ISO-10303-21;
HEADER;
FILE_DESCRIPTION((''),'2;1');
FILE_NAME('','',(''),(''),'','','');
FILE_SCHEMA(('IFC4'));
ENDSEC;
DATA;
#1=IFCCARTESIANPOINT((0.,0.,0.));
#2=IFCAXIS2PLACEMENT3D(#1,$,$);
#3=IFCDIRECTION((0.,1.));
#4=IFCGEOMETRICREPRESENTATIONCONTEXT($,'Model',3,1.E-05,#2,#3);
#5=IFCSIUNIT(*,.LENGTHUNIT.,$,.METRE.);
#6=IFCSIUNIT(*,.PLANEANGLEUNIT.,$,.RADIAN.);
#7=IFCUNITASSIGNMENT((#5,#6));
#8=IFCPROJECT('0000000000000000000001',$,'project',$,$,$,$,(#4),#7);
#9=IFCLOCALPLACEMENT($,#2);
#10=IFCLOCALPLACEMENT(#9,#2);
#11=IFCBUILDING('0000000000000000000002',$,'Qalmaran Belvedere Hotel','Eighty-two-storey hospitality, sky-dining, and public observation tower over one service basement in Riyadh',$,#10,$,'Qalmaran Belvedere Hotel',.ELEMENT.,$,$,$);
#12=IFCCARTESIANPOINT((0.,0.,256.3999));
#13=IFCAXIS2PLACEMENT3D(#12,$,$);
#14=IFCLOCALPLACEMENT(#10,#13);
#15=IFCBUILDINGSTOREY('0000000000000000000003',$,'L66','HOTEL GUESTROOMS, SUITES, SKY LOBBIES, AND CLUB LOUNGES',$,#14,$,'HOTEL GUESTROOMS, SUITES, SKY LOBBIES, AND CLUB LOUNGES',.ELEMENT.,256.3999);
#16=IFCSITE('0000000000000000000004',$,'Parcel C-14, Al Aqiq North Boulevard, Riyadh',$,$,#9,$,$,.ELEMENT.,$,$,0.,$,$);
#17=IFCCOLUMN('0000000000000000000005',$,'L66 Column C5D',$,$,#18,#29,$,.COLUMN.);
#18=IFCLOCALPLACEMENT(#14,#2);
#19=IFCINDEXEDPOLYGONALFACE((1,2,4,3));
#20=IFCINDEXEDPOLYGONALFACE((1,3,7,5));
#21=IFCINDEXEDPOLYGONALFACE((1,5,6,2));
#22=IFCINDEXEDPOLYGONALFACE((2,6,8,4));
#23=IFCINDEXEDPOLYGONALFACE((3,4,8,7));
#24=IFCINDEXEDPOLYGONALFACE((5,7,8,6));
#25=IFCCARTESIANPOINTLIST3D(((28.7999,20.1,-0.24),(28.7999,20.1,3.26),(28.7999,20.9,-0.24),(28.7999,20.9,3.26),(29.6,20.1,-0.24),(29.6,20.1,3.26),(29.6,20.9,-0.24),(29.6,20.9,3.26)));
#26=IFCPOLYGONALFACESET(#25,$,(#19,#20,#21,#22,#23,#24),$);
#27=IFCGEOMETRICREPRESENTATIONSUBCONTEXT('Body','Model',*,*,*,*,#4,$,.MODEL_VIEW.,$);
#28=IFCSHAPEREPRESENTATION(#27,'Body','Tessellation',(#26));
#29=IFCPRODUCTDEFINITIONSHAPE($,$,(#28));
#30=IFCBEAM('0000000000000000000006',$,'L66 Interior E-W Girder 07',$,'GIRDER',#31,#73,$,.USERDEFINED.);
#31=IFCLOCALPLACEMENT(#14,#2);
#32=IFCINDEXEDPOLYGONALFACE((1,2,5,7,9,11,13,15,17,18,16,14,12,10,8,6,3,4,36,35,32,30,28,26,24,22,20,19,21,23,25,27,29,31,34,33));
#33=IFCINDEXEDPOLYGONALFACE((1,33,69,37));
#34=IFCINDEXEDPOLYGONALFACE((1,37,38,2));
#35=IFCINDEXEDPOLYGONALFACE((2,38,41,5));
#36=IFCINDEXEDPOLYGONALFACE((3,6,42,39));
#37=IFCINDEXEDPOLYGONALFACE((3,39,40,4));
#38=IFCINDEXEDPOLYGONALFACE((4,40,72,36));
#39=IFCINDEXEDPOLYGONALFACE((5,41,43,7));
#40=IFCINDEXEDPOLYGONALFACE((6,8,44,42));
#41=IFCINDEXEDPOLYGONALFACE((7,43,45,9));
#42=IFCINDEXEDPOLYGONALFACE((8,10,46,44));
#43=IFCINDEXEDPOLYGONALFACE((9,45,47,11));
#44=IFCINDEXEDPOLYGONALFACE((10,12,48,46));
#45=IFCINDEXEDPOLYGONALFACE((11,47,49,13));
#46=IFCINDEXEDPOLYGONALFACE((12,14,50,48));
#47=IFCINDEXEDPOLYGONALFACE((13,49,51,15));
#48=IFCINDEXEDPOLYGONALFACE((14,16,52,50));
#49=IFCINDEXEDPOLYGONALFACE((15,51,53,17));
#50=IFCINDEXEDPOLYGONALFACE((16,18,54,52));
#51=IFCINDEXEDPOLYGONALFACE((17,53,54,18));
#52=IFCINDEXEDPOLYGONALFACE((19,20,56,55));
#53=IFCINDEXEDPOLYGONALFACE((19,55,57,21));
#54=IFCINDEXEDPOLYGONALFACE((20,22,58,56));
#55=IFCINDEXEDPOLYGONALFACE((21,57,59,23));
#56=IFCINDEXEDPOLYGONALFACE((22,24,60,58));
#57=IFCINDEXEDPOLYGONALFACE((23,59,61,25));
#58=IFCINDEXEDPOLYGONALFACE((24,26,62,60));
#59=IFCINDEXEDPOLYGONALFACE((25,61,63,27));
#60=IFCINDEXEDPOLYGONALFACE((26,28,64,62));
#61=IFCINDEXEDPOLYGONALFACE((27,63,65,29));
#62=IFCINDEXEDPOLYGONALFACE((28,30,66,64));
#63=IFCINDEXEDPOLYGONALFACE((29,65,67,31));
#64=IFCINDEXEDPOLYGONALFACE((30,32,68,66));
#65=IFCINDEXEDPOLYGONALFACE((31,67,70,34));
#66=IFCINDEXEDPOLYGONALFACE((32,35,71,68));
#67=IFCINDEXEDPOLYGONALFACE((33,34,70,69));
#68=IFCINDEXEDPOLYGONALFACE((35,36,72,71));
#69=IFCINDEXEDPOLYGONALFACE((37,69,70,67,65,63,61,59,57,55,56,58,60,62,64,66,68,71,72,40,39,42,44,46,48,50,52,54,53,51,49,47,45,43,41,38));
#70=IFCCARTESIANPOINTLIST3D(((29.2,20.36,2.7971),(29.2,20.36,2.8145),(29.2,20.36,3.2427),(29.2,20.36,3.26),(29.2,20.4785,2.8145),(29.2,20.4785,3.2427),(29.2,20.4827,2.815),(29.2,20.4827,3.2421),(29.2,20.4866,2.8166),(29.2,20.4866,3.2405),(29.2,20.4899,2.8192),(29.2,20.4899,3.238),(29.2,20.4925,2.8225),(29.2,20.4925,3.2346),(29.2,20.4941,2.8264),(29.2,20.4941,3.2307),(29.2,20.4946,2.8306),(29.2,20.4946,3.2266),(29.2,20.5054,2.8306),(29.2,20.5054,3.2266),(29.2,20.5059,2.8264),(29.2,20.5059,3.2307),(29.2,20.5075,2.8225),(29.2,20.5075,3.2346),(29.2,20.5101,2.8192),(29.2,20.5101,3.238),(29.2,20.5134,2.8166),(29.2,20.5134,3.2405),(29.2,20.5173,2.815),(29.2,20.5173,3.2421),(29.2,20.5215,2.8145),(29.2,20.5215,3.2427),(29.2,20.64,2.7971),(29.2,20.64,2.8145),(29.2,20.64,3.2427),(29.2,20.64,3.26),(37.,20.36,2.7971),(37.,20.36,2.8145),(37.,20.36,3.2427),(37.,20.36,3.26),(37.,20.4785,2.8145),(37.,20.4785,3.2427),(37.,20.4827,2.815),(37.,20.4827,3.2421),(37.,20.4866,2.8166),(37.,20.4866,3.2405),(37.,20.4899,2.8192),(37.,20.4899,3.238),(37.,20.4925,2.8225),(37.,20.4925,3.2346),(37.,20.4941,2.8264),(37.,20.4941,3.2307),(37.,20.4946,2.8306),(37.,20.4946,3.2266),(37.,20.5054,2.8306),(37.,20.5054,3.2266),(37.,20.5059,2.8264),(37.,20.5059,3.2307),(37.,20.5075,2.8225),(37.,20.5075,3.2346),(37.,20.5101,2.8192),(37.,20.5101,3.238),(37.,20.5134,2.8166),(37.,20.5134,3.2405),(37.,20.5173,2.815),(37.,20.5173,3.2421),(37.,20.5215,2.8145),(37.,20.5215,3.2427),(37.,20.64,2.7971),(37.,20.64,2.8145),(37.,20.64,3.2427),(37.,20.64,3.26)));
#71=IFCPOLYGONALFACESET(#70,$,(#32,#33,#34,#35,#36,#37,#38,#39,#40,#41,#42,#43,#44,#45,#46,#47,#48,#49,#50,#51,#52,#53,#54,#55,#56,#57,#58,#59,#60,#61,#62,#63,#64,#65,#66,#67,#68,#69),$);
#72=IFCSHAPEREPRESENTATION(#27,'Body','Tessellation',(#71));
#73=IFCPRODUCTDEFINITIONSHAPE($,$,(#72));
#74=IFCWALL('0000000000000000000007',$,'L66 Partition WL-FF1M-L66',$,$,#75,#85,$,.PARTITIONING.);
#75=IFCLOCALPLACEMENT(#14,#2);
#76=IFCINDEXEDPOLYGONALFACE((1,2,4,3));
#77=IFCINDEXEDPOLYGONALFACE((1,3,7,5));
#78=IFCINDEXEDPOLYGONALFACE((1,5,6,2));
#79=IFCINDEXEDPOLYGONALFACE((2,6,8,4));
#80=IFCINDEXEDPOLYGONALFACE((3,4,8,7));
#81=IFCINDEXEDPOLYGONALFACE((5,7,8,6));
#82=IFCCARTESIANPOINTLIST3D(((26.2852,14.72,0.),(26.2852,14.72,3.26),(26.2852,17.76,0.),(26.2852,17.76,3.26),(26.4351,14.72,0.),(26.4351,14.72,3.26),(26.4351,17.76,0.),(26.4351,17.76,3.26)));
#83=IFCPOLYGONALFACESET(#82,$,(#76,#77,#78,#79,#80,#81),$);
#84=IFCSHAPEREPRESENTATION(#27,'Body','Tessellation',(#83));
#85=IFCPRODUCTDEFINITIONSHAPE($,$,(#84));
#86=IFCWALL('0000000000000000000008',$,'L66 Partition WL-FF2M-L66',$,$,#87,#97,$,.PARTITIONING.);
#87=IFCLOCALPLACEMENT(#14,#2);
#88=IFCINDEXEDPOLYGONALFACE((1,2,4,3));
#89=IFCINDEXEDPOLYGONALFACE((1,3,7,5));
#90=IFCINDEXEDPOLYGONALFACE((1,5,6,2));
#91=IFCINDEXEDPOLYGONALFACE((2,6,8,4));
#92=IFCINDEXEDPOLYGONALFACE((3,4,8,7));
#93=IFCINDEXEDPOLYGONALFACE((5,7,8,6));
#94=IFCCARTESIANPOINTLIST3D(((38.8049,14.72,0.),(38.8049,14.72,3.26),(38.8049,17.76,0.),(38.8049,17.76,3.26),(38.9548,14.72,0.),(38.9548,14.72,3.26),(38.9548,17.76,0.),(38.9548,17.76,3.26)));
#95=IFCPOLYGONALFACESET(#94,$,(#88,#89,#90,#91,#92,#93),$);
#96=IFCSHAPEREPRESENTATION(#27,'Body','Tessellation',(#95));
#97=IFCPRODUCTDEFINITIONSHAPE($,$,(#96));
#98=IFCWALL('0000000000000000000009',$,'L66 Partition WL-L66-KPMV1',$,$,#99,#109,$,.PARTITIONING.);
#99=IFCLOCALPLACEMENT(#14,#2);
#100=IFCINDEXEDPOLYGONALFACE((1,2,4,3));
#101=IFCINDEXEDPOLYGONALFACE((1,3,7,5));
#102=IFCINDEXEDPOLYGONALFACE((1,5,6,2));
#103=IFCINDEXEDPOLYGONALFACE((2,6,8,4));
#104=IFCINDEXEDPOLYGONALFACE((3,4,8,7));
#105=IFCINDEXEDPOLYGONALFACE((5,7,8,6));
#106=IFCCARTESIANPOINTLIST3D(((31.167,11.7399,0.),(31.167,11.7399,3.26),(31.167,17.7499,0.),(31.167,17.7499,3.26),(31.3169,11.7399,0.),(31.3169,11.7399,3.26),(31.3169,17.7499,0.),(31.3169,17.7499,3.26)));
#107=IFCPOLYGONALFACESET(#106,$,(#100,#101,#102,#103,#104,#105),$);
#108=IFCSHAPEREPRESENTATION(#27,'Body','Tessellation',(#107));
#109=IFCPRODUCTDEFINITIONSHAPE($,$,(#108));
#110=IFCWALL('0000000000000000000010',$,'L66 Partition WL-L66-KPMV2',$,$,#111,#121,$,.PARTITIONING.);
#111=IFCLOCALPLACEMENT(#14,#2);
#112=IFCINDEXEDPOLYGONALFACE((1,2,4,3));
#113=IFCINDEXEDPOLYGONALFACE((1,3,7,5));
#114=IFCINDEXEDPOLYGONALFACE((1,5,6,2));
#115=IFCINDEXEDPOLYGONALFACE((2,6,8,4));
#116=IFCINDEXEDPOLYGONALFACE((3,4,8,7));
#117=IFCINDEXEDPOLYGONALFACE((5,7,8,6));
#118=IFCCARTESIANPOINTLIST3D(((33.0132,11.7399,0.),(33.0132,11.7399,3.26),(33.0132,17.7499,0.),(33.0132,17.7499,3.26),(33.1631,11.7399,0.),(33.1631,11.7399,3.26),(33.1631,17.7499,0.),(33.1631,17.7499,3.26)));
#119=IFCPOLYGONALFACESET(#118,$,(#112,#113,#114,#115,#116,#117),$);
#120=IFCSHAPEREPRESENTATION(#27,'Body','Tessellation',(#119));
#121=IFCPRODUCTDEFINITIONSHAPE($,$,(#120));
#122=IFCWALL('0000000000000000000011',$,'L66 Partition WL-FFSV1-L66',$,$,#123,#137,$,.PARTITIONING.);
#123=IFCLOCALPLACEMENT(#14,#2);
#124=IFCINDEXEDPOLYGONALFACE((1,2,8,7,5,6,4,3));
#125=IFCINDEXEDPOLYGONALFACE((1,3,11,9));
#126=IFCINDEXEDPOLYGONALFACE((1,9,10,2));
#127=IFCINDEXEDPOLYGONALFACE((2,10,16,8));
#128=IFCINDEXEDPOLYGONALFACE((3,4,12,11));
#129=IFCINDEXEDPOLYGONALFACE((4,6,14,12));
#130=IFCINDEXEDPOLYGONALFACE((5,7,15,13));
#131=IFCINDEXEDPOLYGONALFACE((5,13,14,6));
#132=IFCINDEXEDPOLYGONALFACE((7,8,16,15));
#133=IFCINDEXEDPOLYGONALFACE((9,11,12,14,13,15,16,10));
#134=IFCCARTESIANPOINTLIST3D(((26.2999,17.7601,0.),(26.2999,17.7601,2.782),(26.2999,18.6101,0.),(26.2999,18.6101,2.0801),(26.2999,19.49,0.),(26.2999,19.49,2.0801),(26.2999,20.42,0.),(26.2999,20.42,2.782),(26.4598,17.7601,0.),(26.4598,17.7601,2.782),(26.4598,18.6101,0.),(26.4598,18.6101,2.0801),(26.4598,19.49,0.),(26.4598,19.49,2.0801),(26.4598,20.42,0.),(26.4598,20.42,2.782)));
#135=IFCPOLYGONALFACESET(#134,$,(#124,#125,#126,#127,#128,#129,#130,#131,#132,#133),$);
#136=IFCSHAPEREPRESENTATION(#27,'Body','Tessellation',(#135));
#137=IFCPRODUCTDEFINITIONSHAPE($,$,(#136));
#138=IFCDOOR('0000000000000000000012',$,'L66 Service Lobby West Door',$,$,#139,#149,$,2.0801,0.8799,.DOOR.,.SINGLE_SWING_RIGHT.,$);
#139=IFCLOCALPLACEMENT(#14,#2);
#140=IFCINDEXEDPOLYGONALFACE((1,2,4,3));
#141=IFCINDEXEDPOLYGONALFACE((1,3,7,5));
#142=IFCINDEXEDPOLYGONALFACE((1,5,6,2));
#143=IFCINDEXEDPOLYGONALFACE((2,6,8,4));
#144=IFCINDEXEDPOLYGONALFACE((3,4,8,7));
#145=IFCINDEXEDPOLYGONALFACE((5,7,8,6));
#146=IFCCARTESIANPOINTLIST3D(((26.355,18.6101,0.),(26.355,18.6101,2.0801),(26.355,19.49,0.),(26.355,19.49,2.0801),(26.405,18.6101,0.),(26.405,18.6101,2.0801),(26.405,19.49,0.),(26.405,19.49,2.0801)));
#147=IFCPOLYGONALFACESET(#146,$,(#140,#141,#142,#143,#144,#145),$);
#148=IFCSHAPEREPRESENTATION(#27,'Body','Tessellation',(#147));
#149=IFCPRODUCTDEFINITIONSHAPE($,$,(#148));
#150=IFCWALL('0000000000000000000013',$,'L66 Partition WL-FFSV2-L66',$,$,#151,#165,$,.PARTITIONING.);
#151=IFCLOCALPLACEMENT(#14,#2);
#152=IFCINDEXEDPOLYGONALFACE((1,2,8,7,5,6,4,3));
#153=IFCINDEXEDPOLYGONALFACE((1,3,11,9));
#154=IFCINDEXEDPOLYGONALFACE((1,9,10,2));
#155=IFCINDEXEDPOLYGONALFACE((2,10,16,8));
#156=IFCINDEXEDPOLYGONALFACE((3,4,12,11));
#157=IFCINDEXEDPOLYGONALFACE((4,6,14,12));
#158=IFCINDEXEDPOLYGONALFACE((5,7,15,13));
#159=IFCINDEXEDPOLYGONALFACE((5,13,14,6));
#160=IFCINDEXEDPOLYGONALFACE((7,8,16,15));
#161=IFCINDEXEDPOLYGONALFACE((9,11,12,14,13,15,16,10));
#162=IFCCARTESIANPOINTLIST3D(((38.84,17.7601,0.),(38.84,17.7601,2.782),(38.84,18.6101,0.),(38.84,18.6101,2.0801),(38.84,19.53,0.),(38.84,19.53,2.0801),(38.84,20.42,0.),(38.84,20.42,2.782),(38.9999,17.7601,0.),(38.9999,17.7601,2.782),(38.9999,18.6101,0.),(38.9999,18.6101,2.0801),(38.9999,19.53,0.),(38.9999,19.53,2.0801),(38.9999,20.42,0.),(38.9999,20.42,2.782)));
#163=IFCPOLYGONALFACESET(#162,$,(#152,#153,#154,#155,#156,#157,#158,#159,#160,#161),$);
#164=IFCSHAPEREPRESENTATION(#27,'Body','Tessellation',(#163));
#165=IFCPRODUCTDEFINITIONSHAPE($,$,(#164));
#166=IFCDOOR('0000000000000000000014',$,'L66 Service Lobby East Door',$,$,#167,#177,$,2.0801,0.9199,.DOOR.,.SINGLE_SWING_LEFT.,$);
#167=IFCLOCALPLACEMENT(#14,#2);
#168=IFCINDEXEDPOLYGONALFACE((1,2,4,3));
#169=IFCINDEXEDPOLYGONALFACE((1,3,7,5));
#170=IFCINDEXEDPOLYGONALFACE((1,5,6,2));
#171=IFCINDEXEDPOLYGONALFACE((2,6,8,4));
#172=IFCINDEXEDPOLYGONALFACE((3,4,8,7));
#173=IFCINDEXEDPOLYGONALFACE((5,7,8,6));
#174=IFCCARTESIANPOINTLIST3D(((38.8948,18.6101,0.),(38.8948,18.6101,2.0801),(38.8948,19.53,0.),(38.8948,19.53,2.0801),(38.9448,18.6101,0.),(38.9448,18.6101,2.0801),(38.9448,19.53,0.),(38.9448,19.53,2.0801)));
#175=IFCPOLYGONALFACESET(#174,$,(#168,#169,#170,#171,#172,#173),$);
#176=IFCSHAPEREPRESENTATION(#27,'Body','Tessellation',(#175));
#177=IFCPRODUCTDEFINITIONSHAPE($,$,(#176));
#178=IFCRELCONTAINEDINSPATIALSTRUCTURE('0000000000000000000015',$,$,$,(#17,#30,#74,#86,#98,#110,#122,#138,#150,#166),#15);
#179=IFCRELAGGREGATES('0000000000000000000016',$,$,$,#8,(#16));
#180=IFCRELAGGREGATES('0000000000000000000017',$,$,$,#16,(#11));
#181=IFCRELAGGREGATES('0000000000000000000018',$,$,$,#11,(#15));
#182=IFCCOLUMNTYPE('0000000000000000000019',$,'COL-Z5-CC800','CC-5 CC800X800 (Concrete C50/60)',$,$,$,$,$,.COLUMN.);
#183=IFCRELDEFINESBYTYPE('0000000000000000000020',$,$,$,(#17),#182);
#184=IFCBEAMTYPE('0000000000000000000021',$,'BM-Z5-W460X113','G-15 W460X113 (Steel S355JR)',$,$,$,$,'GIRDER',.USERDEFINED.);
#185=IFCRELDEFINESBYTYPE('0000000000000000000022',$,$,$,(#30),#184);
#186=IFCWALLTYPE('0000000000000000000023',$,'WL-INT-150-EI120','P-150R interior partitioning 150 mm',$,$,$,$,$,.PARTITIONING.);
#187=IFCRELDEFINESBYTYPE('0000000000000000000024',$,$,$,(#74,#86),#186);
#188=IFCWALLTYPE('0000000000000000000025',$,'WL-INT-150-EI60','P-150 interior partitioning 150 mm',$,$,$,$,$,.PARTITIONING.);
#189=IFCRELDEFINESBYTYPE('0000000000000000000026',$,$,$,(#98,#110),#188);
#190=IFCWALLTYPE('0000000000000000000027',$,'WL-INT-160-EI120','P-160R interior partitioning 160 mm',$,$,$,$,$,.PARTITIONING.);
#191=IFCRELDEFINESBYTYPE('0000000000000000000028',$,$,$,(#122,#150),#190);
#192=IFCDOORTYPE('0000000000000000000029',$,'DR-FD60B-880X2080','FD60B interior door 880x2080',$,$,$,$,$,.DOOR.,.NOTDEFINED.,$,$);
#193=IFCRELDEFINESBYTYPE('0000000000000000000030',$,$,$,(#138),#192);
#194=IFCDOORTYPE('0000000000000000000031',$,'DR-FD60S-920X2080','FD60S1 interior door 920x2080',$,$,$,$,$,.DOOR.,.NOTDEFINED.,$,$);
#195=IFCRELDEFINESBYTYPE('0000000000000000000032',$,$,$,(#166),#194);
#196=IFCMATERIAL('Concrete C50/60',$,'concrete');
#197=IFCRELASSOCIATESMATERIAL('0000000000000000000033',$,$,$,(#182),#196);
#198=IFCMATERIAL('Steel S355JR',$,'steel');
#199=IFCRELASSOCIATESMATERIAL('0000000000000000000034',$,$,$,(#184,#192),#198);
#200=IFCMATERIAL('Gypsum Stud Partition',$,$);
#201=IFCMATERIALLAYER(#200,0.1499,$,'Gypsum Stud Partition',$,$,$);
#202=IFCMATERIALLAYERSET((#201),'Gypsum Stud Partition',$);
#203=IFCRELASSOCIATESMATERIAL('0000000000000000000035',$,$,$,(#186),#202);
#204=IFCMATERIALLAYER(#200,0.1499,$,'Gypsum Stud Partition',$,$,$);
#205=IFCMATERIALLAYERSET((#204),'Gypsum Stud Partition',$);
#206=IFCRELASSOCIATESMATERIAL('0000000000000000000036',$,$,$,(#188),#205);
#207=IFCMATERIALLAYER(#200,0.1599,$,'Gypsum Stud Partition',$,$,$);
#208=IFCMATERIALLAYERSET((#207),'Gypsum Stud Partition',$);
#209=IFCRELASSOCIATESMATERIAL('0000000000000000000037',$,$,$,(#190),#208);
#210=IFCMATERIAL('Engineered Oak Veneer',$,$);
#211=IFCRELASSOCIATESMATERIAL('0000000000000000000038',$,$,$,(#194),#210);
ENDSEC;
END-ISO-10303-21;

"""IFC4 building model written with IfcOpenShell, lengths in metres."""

from ifc_helpers import new_model, si_unit, direction, frame, frame_2d, origin, origin_2d, place, context, subcontext, project, spatial, rectangle, i_section, extrude, material, layer, layer_set, material_profile, profile_set, type_object, element, fill, save


model = new_model("IFC4")

# Units and contexts
model_context = context("Model", 3, precision=1e-05, world=origin(), true_north=direction((0.0, 1.0)))
body_context = subcontext(model_context, "Body", "Model", "MODEL_VIEW")
ifc_project = project(units=[si_unit("LENGTHUNIT", "METRE"), si_unit("PLANEANGLEUNIT", "RADIAN")], contexts=[model_context])

# Site, building, storey
site_placement = place(None, origin())
site = spatial("IfcSite", under=ifc_project, at=site_placement, Name="Parcel C-14, Al Aqiq North Boulevard, Riyadh", CompositionType="ELEMENT", RefElevation=0.0)
building_placement = place(site_placement, origin())
building = spatial("IfcBuilding", under=site, at=building_placement, Name="Qalmaran Belvedere Hotel", Description="Eighty-two-storey hospitality, sky-dining, and public observation tower over one service basement in Riyadh", LongName="Qalmaran Belvedere Hotel", CompositionType="ELEMENT")
storey_placement = place(building_placement, frame((0.0, 0.0, 256.3999)))
storey = spatial("IfcBuildingStorey", under=building, at=storey_placement, Name="L66", Description="HOTEL GUESTROOMS, SUITES, SKY LOBBIES, AND CLUB LOUNGES", LongName="HOTEL GUESTROOMS, SUITES, SKY LOBBIES, AND CLUB LOUNGES", CompositionType="ELEMENT", Elevation=256.3999)

# Column
ifc_material_1 = material(Name="Concrete C50/60", Category="concrete")
ifc_material_profile_1 = material_profile(ifc_material_1, rectangle(XDim=0.8, YDim=0.8, at=origin_2d()), Name="CC800X800")
ifc_profile_set_1 = profile_set([ifc_material_profile_1], Name="Concrete C50/60")
column_type = type_object("IfcColumnType", Name="COL-Z5-CC800", Description="CC-5 CC800X800 (Concrete C50/60)", PredefinedType="COLUMN", material=ifc_profile_set_1)
column_placement = place(storey_placement, frame((29.2, 20.5, -0.24), z_axis=(0.0, 0.0, 1.0), x_axis=(1.0, 0.0, 0.0)))
element("IfcColumn", 1, at=column_placement, inside=storey, type_object=column_type, Name="L66 Column C5D", PredefinedType="COLUMN", context=body_context, shape_type="SweptSolid", body=[
    extrude(rectangle(XDim=0.8, YDim=0.8, at=origin_2d()), origin(), (0.0, 0.0, 1.0), 3.5),
])

# Beam
ifc_material_2 = material(Name="Steel S355JR", Category="steel")
ifc_material_profile_2 = material_profile(ifc_material_2, i_section(OverallWidth=0.28, OverallDepth=0.4629, WebThickness=0.0107, FlangeThickness=0.0173, FilletRadius=0.0161, at=origin_2d()), Name="W460X113")
ifc_profile_set_2 = profile_set([ifc_material_profile_2], Name="Steel S355JR")
beam_type = type_object("IfcBeamType", Name="BM-Z5-W460X113", Description="G-15 W460X113 (Steel S355JR)", ElementType="GIRDER", PredefinedType="USERDEFINED", material=ifc_profile_set_2)
beam_placement = place(storey_placement, frame((29.2, 20.5, 3.0286), z_axis=(1.0, 0.0, 0.0), x_axis=(0.0, 1.0, 0.0)))
element("IfcBeam", 2, at=beam_placement, inside=storey, type_object=beam_type, Name="L66 Interior E-W Girder 07", ObjectType="GIRDER", PredefinedType="USERDEFINED", context=body_context, shape_type="SweptSolid", body=[
    extrude(i_section(OverallWidth=0.28, OverallDepth=0.4629, WebThickness=0.0107, FlangeThickness=0.0173, FilletRadius=0.0161, at=origin_2d()), origin(), (0.0, 0.0, 1.0), 7.8),
])

# Walls
ifc_material_3 = material(Name="Gypsum Stud Partition")
ifc_layer_1 = layer(ifc_material_3, 0.1499, Name="Gypsum Stud Partition")
ifc_layer_set_1 = layer_set([ifc_layer_1], Name="Gypsum Stud Partition")
wall_type_1 = type_object("IfcWallType", Name="WL-INT-150-EI120", Description="P-150R interior partitioning 150 mm", PredefinedType="PARTITIONING", material=ifc_layer_set_1)
for number, where, z_axis, x_axis, name in (
    (3, (26.3601, 14.72, 0.0), (0.0, 0.0, 1.0), (0.0, 1.0, 0.0), "L66 Partition WL-FF1M-L66"),
    (4, (38.8799, 14.72, 0.0), (0.0, 0.0, 1.0), (0.0, 1.0, 0.0), "L66 Partition WL-FF2M-L66"),
):
    element("IfcWall", number, at=place(storey_placement, frame(where, z_axis=z_axis, x_axis=x_axis)), inside=storey, type_object=wall_type_1, Name=name, PredefinedType="PARTITIONING", context=body_context, shape_type="SweptSolid", body=[
        extrude(rectangle(XDim=3.04, YDim=0.1499, at=frame_2d((1.52, 0.0))), origin(), (0.0, 0.0, 1.0), 3.26),
    ])
ifc_layer_2 = layer(ifc_material_3, 0.1499, Name="Gypsum Stud Partition")
ifc_layer_set_2 = layer_set([ifc_layer_2], Name="Gypsum Stud Partition")
wall_type_2 = type_object("IfcWallType", Name="WL-INT-150-EI60", Description="P-150 interior partitioning 150 mm", PredefinedType="PARTITIONING", material=ifc_layer_set_2)
for number, where, z_axis, x_axis, name in (
    (5, (31.2419, 11.74, 0.0), (0.0, 0.0, 1.0), (0.0, 1.0, 0.0), "L66 Partition WL-L66-KPMV1"),
    (6, (33.0881, 11.74, 0.0), (0.0, 0.0, 1.0), (0.0, 1.0, 0.0), "L66 Partition WL-L66-KPMV2"),
):
    element("IfcWall", number, at=place(storey_placement, frame(where, z_axis=z_axis, x_axis=x_axis)), inside=storey, type_object=wall_type_2, Name=name, PredefinedType="PARTITIONING", context=body_context, shape_type="SweptSolid", body=[
        extrude(rectangle(XDim=6.01, YDim=0.1499, at=frame_2d((3.0049, 0.0))), origin(), (0.0, 0.0, 1.0), 3.26),
    ])

# Walls, openings, doors
ifc_layer_3 = layer(ifc_material_3, 0.1599, Name="Gypsum Stud Partition")
ifc_layer_set_3 = layer_set([ifc_layer_3], Name="Gypsum Stud Partition")
wall_type_3 = type_object("IfcWallType", Name="WL-INT-160-EI120", Description="P-160R interior partitioning 160 mm", PredefinedType="PARTITIONING", material=ifc_layer_set_3)
wall_1_placement = place(storey_placement, frame((26.3799, 17.76, 0.0), z_axis=(0.0, 0.0, 1.0), x_axis=(0.0, 1.0, 0.0)))
wall_1 = element("IfcWall", 7, at=wall_1_placement, inside=storey, type_object=wall_type_3, Name="L66 Partition WL-FFSV1-L66", PredefinedType="PARTITIONING", context=body_context, shape_type="SweptSolid", body=[
    extrude(rectangle(XDim=2.6599, YDim=0.1599, at=frame_2d((1.3301, 0.0))), origin(), (0.0, 0.0, 1.0), 2.782),
])
opening_1_placement = place(wall_1_placement, frame((0.8501, 0.0, 0.0)))
opening_1 = element("IfcOpeningElement", 8, at=opening_1_placement, cuts=wall_1, PredefinedType="OPENING", context=body_context, shape_type="SweptSolid", body=[
    extrude(rectangle(XDim=0.8799, YDim=2.0801, at=frame_2d((0.4399, 1.04))), frame((0.0, 0.0898, 0.0), z_axis=(0.0, -1.0, 0.0), x_axis=(1.0, 0.0, 0.0)), (0.0, 0.0, 1.0), 0.1799),
])
door_type_1 = type_object("IfcDoorType", Name="DR-FD60B-880X2080", Description="FD60B interior door 880x2080", OperationType="NOTDEFINED", PredefinedType="DOOR", material=ifc_material_2)
door_1_placement = place(opening_1_placement, origin())
door_1 = element("IfcDoor", 9, at=door_1_placement, inside=storey, type_object=door_type_1, Name="L66 Service Lobby West Door", OperationType="SINGLE_SWING_RIGHT", OverallHeight=2.0801, OverallWidth=0.8799, PredefinedType="DOOR", context=body_context, shape_type="SweptSolid", body=[
    extrude(rectangle(XDim=0.8799, YDim=2.0801, at=frame_2d((0.4399, 1.04))), frame((0.0, 0.0249, 0.0), z_axis=(0.0, -1.0, 0.0), x_axis=(1.0, 0.0, 0.0)), (0.0, 0.0, 1.0), 0.05),
])
fill(opening_1, door_1)
wall_2_placement = place(storey_placement, frame((38.9199, 17.76, 0.0), z_axis=(0.0, 0.0, 1.0), x_axis=(0.0, 1.0, 0.0)))
wall_2 = element("IfcWall", 10, at=wall_2_placement, inside=storey, type_object=wall_type_3, Name="L66 Partition WL-FFSV2-L66", PredefinedType="PARTITIONING", context=body_context, shape_type="SweptSolid", body=[
    extrude(rectangle(XDim=2.6599, YDim=0.1599, at=frame_2d((1.3301, 0.0))), origin(), (0.0, 0.0, 1.0), 2.782),
])
opening_2_placement = place(wall_2_placement, frame((1.77, 0.0, 0.0), z_axis=(0.0, 0.0, 1.0), x_axis=(-1.0, 0.0, 0.0)))
opening_2 = element("IfcOpeningElement", 11, at=opening_2_placement, cuts=wall_2, PredefinedType="OPENING", context=body_context, shape_type="SweptSolid", body=[
    extrude(rectangle(XDim=0.9199, YDim=2.0801, at=frame_2d((0.46, 1.04))), frame((0.0, 0.0898, 0.0), z_axis=(0.0, -1.0, 0.0), x_axis=(1.0, 0.0, 0.0)), (0.0, 0.0, 1.0), 0.1799),
])
ifc_material_4 = material(Name="Engineered Oak Veneer")
door_type_2 = type_object("IfcDoorType", Name="DR-FD60S-920X2080", Description="FD60S1 interior door 920x2080", OperationType="NOTDEFINED", PredefinedType="DOOR", material=ifc_material_4)
door_2_placement = place(opening_2_placement, origin())
door_2 = element("IfcDoor", 12, at=door_2_placement, inside=storey, type_object=door_type_2, Name="L66 Service Lobby East Door", OperationType="SINGLE_SWING_LEFT", OverallHeight=2.0801, OverallWidth=0.9199, PredefinedType="DOOR", context=body_context, shape_type="SweptSolid", body=[
    extrude(rectangle(XDim=0.9199, YDim=2.0801, at=frame_2d((0.46, 1.04))), frame((0.0, 0.0249, 0.0), z_axis=(0.0, -1.0, 0.0), x_axis=(1.0, 0.0, 0.0)), (0.0, 0.0, 1.0), 0.05),
])
fill(opening_2, door_2)

save(model, "model.ifc")
